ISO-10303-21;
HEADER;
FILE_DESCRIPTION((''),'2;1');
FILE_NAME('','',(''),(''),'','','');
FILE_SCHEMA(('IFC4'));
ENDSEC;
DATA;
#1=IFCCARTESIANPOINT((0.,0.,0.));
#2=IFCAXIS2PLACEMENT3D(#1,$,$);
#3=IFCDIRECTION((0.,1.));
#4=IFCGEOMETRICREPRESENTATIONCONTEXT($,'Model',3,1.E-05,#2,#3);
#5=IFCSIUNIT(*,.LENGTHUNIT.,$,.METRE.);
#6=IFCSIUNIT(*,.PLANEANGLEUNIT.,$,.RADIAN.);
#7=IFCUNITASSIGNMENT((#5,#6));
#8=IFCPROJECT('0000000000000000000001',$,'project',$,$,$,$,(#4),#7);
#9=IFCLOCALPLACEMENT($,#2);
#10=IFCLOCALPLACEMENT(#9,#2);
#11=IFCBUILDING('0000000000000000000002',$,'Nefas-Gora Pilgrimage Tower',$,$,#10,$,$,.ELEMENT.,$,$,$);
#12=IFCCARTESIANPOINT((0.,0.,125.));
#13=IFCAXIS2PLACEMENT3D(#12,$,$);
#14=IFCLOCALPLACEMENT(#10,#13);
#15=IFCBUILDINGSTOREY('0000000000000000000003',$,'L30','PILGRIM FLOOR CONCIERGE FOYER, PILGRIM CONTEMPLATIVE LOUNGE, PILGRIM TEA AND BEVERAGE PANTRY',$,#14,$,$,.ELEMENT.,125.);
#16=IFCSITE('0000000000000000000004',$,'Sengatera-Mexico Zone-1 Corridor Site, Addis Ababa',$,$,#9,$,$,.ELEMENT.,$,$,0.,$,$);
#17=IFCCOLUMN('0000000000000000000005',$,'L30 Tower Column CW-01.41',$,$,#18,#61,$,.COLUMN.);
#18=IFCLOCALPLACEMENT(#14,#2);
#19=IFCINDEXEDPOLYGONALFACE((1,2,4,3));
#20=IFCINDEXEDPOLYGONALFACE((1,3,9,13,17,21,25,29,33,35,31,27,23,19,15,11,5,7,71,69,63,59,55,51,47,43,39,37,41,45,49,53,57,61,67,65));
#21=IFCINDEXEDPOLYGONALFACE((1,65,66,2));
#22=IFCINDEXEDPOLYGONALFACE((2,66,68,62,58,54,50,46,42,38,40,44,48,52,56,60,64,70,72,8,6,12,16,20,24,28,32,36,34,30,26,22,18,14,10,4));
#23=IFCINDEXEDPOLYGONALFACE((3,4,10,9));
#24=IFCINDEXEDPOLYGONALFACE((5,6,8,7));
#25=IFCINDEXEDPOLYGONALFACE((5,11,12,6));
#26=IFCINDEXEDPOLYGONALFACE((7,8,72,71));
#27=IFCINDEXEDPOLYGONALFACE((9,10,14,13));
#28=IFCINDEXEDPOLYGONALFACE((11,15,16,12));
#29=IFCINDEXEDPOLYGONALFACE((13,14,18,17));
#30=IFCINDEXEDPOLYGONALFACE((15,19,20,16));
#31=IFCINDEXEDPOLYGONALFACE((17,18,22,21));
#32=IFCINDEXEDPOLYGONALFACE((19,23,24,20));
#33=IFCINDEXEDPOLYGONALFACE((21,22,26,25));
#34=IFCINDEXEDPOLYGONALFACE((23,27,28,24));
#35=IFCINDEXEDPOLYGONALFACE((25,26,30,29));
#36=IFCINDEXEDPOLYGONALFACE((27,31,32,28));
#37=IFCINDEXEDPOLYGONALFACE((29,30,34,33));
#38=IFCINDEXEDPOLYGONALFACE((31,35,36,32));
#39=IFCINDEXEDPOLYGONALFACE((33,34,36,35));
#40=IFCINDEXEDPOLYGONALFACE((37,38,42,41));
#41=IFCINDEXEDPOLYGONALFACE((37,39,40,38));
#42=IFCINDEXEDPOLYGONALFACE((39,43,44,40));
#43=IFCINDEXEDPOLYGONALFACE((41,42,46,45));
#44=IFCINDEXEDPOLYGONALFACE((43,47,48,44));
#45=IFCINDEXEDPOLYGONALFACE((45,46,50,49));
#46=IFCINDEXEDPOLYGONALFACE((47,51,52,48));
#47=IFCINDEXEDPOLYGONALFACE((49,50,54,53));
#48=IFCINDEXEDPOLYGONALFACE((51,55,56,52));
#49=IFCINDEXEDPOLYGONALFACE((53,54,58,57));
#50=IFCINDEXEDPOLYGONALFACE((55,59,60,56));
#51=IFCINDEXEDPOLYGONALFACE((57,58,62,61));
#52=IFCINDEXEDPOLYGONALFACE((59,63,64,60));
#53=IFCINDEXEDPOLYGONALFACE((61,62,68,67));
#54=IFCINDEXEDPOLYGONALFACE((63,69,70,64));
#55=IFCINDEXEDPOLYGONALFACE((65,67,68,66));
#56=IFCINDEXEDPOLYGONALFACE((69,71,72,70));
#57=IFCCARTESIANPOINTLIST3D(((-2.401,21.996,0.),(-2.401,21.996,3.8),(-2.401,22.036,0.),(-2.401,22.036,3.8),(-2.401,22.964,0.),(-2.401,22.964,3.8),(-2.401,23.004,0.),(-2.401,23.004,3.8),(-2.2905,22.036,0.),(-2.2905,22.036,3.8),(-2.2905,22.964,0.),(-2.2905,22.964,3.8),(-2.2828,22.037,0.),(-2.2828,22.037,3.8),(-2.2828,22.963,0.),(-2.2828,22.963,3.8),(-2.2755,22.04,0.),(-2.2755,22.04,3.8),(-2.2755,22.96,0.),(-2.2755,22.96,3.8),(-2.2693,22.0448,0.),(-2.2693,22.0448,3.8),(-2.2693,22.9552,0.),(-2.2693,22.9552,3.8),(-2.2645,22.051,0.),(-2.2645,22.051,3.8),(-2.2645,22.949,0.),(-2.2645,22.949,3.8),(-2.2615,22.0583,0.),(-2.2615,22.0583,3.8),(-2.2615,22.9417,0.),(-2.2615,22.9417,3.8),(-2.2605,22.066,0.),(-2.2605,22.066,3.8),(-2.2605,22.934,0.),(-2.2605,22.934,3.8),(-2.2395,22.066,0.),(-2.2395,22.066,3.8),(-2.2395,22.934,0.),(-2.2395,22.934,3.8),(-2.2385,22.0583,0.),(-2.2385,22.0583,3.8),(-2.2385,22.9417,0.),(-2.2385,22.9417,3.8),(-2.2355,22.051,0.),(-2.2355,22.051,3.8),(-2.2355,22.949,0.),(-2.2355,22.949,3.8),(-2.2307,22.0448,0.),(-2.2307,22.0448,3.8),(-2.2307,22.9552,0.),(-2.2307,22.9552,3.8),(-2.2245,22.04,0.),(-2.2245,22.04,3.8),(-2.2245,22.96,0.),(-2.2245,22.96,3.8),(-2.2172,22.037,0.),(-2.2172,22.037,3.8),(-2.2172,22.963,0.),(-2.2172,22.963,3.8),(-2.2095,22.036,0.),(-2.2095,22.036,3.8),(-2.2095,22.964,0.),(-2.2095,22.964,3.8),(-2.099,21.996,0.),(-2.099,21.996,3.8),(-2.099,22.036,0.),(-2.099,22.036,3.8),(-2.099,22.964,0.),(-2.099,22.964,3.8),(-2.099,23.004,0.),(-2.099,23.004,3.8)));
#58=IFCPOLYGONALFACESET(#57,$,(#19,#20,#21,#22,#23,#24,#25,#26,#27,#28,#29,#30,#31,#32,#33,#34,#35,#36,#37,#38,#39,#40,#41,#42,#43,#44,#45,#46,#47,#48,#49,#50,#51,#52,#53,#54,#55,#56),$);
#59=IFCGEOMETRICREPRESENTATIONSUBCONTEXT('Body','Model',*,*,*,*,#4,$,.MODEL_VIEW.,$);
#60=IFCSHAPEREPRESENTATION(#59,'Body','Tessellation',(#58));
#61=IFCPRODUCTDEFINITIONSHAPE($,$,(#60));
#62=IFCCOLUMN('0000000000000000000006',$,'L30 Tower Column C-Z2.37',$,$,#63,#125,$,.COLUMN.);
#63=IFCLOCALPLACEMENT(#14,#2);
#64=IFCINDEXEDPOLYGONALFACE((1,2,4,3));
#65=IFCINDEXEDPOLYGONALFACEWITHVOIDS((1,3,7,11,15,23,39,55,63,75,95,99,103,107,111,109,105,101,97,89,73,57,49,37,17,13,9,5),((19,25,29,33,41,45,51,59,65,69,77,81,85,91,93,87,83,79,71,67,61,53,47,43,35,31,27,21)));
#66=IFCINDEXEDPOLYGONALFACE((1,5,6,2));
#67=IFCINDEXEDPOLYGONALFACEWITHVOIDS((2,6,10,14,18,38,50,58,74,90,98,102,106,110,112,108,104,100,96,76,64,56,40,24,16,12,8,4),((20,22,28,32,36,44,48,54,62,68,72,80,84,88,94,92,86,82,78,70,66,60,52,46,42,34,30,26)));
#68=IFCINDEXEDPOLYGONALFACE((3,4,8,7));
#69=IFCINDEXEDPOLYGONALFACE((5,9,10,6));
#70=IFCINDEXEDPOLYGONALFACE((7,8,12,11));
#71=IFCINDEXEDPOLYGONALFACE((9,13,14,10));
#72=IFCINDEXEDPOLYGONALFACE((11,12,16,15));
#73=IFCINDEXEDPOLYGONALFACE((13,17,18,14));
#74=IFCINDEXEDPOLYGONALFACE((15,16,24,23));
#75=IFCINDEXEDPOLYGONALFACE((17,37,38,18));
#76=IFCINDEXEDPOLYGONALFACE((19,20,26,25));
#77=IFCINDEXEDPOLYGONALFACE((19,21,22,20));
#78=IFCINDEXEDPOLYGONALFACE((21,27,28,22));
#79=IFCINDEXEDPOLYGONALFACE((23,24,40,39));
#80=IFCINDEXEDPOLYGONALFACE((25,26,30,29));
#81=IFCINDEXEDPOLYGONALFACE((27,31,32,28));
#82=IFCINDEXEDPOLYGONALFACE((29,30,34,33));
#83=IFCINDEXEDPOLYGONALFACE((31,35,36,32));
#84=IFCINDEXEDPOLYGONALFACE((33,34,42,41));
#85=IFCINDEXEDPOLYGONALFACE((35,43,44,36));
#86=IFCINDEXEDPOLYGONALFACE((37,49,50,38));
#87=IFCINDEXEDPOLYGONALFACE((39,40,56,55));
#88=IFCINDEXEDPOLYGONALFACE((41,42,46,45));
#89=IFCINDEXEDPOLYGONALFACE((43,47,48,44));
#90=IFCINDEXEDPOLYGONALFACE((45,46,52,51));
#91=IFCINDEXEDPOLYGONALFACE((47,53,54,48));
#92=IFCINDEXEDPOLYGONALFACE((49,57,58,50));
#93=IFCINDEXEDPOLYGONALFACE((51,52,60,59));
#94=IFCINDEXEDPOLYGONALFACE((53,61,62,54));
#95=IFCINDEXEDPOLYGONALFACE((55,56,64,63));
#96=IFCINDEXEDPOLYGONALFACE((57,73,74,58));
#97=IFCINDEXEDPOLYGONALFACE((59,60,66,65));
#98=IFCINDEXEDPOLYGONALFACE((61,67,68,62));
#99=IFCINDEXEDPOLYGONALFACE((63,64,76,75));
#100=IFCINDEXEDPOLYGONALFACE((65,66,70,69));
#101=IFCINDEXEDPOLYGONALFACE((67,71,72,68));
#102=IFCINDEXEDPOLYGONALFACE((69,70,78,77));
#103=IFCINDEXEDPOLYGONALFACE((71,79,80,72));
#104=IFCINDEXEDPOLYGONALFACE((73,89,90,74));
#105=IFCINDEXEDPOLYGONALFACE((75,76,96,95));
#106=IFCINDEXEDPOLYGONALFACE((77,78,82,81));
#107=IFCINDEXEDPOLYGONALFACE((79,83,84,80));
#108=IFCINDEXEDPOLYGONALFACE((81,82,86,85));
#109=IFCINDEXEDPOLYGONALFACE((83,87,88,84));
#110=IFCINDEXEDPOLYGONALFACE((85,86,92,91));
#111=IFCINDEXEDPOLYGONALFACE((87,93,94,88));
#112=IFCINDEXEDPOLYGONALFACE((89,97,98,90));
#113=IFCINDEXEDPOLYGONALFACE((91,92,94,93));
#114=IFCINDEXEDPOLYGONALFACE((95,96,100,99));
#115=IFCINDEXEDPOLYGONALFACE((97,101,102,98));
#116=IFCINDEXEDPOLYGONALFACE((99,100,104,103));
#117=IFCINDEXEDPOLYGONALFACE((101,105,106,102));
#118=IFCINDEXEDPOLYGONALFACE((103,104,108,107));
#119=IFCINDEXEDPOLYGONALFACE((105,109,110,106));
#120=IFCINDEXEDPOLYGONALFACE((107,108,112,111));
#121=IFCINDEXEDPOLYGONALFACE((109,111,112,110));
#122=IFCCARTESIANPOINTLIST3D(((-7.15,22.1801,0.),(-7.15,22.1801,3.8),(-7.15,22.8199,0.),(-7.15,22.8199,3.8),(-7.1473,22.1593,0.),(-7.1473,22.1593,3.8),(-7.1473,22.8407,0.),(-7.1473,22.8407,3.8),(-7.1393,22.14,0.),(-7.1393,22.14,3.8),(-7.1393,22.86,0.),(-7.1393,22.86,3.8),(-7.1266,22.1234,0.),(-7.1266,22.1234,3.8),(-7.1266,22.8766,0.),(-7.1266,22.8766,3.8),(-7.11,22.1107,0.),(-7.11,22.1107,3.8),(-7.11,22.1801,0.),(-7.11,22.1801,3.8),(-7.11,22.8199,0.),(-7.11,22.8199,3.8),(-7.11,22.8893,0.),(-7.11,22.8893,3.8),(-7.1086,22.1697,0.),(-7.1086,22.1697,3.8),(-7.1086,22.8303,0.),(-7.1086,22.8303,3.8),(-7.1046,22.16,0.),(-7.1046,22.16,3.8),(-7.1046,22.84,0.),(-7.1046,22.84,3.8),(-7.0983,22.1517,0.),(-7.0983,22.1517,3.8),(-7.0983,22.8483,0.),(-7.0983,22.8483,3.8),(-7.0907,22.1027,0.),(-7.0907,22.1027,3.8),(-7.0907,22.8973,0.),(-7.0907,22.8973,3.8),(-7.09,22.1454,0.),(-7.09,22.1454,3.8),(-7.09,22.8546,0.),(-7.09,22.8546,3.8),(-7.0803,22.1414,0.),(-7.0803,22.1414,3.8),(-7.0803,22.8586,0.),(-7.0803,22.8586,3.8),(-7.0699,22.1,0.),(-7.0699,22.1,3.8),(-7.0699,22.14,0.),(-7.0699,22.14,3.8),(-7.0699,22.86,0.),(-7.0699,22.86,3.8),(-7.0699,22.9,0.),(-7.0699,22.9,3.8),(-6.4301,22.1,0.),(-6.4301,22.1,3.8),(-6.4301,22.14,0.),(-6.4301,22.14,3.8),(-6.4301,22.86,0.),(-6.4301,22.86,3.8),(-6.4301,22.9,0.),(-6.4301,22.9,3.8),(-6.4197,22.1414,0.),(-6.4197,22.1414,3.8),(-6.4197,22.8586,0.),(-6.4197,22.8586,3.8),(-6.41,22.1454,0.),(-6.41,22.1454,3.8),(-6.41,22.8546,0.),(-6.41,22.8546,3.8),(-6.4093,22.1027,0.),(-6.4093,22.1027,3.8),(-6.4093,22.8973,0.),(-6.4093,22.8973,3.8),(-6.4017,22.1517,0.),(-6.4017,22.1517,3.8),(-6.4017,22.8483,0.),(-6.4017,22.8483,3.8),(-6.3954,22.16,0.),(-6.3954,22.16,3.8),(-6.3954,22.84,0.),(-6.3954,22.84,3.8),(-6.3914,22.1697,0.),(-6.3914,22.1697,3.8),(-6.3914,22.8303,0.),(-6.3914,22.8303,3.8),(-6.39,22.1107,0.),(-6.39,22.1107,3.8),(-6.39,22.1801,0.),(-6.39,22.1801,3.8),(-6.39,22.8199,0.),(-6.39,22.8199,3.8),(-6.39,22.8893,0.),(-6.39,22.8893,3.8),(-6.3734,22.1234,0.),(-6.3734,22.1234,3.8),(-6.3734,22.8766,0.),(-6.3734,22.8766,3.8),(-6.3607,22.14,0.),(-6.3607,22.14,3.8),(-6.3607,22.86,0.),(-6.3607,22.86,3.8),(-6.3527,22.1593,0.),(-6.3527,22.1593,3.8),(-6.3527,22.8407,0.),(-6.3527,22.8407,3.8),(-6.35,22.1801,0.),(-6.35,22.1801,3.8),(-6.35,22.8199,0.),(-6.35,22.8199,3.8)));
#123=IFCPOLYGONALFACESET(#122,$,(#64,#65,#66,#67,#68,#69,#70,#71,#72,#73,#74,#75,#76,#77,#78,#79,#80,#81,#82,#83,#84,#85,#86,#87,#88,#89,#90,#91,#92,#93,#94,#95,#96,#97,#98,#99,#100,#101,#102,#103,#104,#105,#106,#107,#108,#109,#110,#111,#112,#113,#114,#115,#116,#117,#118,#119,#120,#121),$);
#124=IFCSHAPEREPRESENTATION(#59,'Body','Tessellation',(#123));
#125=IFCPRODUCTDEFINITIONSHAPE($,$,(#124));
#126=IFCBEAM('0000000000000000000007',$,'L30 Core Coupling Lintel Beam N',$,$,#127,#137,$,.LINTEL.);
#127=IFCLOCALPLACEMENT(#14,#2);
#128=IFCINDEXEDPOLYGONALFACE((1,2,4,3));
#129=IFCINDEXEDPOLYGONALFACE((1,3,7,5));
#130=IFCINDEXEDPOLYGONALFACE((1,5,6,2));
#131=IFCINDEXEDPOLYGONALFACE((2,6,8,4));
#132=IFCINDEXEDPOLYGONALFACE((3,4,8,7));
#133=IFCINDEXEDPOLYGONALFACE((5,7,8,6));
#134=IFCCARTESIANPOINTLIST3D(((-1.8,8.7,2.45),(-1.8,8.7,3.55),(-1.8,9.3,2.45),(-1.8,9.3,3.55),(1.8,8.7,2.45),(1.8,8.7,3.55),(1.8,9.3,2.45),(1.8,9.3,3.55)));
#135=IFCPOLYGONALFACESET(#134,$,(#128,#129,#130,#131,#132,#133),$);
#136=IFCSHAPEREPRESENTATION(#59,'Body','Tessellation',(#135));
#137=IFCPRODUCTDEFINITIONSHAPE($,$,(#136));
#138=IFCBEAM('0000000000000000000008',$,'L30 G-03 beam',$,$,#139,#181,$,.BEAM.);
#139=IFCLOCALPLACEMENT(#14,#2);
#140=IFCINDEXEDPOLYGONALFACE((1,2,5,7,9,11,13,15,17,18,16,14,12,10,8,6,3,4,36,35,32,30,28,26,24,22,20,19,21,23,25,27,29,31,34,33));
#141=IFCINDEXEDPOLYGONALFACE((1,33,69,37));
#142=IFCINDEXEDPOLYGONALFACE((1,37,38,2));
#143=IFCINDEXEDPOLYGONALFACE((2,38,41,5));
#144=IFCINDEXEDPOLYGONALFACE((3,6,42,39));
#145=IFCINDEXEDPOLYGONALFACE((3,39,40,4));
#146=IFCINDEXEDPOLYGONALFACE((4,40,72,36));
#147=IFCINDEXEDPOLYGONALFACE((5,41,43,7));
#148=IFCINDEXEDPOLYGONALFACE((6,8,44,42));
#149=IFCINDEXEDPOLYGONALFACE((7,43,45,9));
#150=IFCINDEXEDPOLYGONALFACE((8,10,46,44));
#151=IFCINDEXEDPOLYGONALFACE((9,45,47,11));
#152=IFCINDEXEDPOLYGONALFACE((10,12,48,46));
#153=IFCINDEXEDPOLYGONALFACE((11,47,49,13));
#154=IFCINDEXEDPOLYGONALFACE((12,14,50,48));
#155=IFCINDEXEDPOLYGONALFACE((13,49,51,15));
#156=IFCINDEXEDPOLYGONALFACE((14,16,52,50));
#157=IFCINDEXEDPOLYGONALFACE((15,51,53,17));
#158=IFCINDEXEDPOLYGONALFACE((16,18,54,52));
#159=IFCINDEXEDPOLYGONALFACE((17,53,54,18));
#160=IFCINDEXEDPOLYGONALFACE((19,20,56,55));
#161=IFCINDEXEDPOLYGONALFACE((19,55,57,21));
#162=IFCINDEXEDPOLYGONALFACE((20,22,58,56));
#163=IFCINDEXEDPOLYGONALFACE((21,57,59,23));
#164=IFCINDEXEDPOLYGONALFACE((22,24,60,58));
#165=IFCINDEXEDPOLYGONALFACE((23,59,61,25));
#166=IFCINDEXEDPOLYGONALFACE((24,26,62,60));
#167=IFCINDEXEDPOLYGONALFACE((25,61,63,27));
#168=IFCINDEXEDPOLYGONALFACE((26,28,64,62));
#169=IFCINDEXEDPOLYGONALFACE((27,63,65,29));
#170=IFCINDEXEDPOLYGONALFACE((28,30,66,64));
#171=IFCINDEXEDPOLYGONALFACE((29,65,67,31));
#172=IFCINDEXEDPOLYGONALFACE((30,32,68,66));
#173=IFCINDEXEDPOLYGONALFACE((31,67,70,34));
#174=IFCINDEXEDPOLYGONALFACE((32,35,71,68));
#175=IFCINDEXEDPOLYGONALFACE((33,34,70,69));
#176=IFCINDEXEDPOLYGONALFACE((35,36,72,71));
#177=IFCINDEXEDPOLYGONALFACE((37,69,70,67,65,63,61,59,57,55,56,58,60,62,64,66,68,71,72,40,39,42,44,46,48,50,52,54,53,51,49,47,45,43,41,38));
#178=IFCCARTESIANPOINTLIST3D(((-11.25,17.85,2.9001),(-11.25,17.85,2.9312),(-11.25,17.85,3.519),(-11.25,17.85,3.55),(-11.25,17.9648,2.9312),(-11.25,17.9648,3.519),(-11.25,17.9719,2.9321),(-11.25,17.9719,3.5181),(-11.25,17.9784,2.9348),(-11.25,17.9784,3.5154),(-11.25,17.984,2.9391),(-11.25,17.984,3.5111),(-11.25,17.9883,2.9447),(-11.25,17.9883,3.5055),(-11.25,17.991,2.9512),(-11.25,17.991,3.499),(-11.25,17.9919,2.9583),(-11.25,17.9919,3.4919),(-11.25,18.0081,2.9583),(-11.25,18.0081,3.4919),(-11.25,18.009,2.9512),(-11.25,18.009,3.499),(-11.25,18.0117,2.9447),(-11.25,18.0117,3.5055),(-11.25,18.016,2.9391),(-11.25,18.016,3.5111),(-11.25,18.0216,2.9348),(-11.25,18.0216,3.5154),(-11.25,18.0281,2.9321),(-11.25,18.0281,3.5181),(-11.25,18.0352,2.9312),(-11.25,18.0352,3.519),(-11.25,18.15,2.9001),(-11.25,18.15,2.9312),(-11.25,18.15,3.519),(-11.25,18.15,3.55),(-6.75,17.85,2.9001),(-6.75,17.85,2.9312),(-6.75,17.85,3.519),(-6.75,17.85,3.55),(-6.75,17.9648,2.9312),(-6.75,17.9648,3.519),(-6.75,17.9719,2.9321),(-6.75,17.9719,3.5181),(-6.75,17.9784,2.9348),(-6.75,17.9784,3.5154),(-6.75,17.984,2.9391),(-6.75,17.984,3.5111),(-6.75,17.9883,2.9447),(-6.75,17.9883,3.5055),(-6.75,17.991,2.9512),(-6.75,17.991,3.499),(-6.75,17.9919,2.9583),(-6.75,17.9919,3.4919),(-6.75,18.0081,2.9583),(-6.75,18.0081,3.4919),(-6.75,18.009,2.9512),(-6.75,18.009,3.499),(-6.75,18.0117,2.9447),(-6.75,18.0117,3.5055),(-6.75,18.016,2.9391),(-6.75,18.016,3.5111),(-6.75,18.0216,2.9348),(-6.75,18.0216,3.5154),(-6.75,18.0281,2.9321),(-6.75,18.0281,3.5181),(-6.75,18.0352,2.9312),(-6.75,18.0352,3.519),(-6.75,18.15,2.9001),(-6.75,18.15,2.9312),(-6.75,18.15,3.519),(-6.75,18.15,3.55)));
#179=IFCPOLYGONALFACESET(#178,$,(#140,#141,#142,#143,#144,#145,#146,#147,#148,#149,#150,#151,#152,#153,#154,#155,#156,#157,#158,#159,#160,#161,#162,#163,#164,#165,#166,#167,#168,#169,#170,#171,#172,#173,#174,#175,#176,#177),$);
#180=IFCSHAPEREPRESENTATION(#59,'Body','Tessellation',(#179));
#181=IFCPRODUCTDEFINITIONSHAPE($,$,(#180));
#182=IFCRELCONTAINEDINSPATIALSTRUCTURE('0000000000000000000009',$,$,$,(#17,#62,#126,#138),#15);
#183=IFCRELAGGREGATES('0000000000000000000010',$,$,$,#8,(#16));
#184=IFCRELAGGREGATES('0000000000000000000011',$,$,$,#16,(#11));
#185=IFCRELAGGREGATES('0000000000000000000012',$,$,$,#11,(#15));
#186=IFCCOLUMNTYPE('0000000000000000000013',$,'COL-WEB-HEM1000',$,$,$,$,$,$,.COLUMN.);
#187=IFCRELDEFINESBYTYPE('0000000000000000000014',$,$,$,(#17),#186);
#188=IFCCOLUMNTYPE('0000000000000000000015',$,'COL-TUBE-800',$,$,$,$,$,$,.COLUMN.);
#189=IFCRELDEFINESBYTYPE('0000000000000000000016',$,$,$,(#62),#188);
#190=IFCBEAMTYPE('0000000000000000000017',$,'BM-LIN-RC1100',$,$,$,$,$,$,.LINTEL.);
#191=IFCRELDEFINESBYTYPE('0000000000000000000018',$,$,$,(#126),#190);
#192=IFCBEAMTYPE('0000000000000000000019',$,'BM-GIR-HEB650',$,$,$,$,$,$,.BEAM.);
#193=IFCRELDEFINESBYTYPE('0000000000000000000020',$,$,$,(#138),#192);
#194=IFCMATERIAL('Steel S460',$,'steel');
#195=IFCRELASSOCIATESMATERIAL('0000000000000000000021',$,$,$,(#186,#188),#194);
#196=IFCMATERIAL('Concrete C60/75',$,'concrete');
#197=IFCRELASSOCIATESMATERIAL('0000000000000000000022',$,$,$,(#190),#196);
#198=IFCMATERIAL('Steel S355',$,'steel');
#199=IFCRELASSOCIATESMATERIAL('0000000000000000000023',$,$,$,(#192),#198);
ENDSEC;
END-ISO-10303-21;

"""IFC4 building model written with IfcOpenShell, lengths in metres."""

from ifc_helpers import new_model, si_unit, direction, frame, origin, origin_2d, place, context, subcontext, project, spatial, rectangle, hollow_rectangle, i_section, extrude, source, transform, mapped, material, material_profile, profile_set, type_object, element, save


model = new_model("IFC4")

# Units and contexts
model_context = context("Model", 3, precision=1e-05, world=origin(), true_north=direction((0.0, 1.0)))
body_context = subcontext(model_context, "Body", "Model", "MODEL_VIEW")
ifc_project = project(units=[si_unit("LENGTHUNIT", "METRE"), si_unit("PLANEANGLEUNIT", "RADIAN")], contexts=[model_context])

# Site, building, storey
site_placement = place(None, origin())
site = spatial("IfcSite", under=ifc_project, at=site_placement, Name="Sengatera-Mexico Zone-1 Corridor Site, Addis Ababa", CompositionType="ELEMENT", RefElevation=0.0)
building_placement = place(site_placement, origin())
building = spatial("IfcBuilding", under=site, at=building_placement, Name="Nefas-Gora Pilgrimage Tower", CompositionType="ELEMENT")
storey_placement = place(building_placement, frame((0.0, 0.0, 125.0)))
storey = spatial("IfcBuildingStorey", under=building, at=storey_placement, Name="L30", Description="PILGRIM FLOOR CONCIERGE FOYER, PILGRIM CONTEMPLATIVE LOUNGE, PILGRIM TEA AND BEVERAGE PANTRY", CompositionType="ELEMENT", Elevation=125.0)

# Columns
ifc_material_1 = material(Name="Steel S460", Category="steel")
ifc_material_profile_1 = material_profile(ifc_material_1, i_section(OverallWidth=0.302, OverallDepth=1.0081, WebThickness=0.021, FlangeThickness=0.04, FilletRadius=0.03, at=origin_2d()), Name="HEM 1000")
ifc_profile_set_1 = profile_set([ifc_material_profile_1], Name="Steel S460")
column_type_1 = type_object("IfcColumnType", Name="COL-WEB-HEM1000", PredefinedType="COLUMN", material=ifc_profile_set_1)
shared_shape_1 = source(origin(), body_context, "Body", "SweptSolid", [
    extrude(i_section(OverallWidth=0.302, OverallDepth=1.0081, WebThickness=0.021, FlangeThickness=0.04, FilletRadius=0.03, at=origin_2d()), origin(), (0.0, 0.0, 1.0), 3.8),
])
for number, where, z_axis, x_axis, name in (
    (1, (-2.25, 22.5, 0.0), (0.0, 0.0, 1.0), (1.0, 0.0, 0.0), "L30 Tower Column CW-01.41"),
):
    element("IfcColumn", number, at=place(storey_placement, frame(where, z_axis=z_axis, x_axis=x_axis)), inside=storey, type_object=column_type_1, Name=name, PredefinedType="COLUMN", context=body_context, shape_type="MappedRepresentation", body=[
        mapped(shared_shape_1, transform((0.0, 0.0, 0.0), x_axis=(1.0, 0.0, 0.0), y_axis=(0.0, 1.0, 0.0), z_axis=(0.0, 0.0, 1.0), scale=1.0)),
    ])
ifc_material_profile_2 = material_profile(ifc_material_1, hollow_rectangle(XDim=0.8, YDim=0.8, WallThickness=0.04, InnerFilletRadius=0.04, OuterFilletRadius=0.0801, at=origin_2d()), Name="BOX 800x800x40")
ifc_profile_set_2 = profile_set([ifc_material_profile_2], Name="Steel S460")
column_type_2 = type_object("IfcColumnType", Name="COL-TUBE-800", PredefinedType="COLUMN", material=ifc_profile_set_2)
shared_shape_2 = source(origin(), body_context, "Body", "SweptSolid", [
    extrude(hollow_rectangle(XDim=0.8, YDim=0.8, WallThickness=0.04, InnerFilletRadius=0.04, OuterFilletRadius=0.0801, at=origin_2d()), origin(), (0.0, 0.0, 1.0), 3.8),
])
column_placement = place(storey_placement, frame((-6.75, 22.5, 0.0), z_axis=(0.0, 0.0, 1.0), x_axis=(1.0, 0.0, 0.0)))
element("IfcColumn", 2, at=column_placement, inside=storey, type_object=column_type_2, Name="L30 Tower Column C-Z2.37", PredefinedType="COLUMN", context=body_context, shape_type="MappedRepresentation", body=[
    mapped(shared_shape_2, transform((0.0, 0.0, 0.0), x_axis=(1.0, 0.0, 0.0), y_axis=(0.0, 1.0, 0.0), z_axis=(0.0, 0.0, 1.0), scale=1.0)),
])

# Beams
ifc_material_2 = material(Name="Concrete C60/75", Category="concrete")
ifc_material_profile_3 = material_profile(ifc_material_2, rectangle(XDim=0.6001, YDim=1.1001, at=origin_2d()), Name="RC 600x1100")
ifc_profile_set_3 = profile_set([ifc_material_profile_3], Name="Concrete C60/75")
beam_type_1 = type_object("IfcBeamType", Name="BM-LIN-RC1100", PredefinedType="LINTEL", material=ifc_profile_set_3)
shared_shape_3 = source(origin(), body_context, "Body", "SweptSolid", [
    extrude(rectangle(XDim=0.6001, YDim=1.1001, at=origin_2d()), origin(), (0.0, 0.0, 1.0), 3.6001),
])
beam_placement = place(storey_placement, frame((-1.8, 9.0, 3.0), z_axis=(1.0, 0.0, 0.0), x_axis=(0.0, 1.0, 0.0)))
element("IfcBeam", 3, at=beam_placement, inside=storey, type_object=beam_type_1, Name="L30 Core Coupling Lintel Beam N", PredefinedType="LINTEL", context=body_context, shape_type="MappedRepresentation", body=[
    mapped(shared_shape_3, transform((0.0, 0.0, 0.0), x_axis=(1.0, 0.0, 0.0), y_axis=(0.0, 1.0, 0.0), z_axis=(0.0, 0.0, 1.0), scale=1.0)),
])
ifc_material_3 = material(Name="Steel S355", Category="steel")
ifc_material_profile_4 = material_profile(ifc_material_3, i_section(OverallWidth=0.3, OverallDepth=0.6499, WebThickness=0.0161, FlangeThickness=0.031, FilletRadius=0.0271, at=origin_2d()), Name="HEB 650")
ifc_profile_set_4 = profile_set([ifc_material_profile_4], Name="Steel S355")
beam_type_2 = type_object("IfcBeamType", Name="BM-GIR-HEB650", PredefinedType="BEAM", material=ifc_profile_set_4)
shared_shape_4 = source(origin(), body_context, "Body", "SweptSolid", [
    extrude(i_section(OverallWidth=0.3, OverallDepth=0.6499, WebThickness=0.0161, FlangeThickness=0.031, FilletRadius=0.0271, at=origin_2d()), origin(), (0.0, 0.0, 1.0), 4.5),
])
for number, where, z_axis, x_axis, name in (
    (4, (-11.25, 18.0, 3.2251), (1.0, 0.0, 0.0), (0.0, 1.0, 0.0), "L30 G-03 beam"),
):
    element("IfcBeam", number, at=place(storey_placement, frame(where, z_axis=z_axis, x_axis=x_axis)), inside=storey, type_object=beam_type_2, Name=name, PredefinedType="BEAM", context=body_context, shape_type="MappedRepresentation", body=[
        mapped(shared_shape_4, transform((0.0, 0.0, 0.0), x_axis=(1.0, 0.0, 0.0), y_axis=(0.0, 1.0, 0.0), z_axis=(0.0, 0.0, 1.0), scale=1.0)),
    ])

save(model, "model.ifc")
